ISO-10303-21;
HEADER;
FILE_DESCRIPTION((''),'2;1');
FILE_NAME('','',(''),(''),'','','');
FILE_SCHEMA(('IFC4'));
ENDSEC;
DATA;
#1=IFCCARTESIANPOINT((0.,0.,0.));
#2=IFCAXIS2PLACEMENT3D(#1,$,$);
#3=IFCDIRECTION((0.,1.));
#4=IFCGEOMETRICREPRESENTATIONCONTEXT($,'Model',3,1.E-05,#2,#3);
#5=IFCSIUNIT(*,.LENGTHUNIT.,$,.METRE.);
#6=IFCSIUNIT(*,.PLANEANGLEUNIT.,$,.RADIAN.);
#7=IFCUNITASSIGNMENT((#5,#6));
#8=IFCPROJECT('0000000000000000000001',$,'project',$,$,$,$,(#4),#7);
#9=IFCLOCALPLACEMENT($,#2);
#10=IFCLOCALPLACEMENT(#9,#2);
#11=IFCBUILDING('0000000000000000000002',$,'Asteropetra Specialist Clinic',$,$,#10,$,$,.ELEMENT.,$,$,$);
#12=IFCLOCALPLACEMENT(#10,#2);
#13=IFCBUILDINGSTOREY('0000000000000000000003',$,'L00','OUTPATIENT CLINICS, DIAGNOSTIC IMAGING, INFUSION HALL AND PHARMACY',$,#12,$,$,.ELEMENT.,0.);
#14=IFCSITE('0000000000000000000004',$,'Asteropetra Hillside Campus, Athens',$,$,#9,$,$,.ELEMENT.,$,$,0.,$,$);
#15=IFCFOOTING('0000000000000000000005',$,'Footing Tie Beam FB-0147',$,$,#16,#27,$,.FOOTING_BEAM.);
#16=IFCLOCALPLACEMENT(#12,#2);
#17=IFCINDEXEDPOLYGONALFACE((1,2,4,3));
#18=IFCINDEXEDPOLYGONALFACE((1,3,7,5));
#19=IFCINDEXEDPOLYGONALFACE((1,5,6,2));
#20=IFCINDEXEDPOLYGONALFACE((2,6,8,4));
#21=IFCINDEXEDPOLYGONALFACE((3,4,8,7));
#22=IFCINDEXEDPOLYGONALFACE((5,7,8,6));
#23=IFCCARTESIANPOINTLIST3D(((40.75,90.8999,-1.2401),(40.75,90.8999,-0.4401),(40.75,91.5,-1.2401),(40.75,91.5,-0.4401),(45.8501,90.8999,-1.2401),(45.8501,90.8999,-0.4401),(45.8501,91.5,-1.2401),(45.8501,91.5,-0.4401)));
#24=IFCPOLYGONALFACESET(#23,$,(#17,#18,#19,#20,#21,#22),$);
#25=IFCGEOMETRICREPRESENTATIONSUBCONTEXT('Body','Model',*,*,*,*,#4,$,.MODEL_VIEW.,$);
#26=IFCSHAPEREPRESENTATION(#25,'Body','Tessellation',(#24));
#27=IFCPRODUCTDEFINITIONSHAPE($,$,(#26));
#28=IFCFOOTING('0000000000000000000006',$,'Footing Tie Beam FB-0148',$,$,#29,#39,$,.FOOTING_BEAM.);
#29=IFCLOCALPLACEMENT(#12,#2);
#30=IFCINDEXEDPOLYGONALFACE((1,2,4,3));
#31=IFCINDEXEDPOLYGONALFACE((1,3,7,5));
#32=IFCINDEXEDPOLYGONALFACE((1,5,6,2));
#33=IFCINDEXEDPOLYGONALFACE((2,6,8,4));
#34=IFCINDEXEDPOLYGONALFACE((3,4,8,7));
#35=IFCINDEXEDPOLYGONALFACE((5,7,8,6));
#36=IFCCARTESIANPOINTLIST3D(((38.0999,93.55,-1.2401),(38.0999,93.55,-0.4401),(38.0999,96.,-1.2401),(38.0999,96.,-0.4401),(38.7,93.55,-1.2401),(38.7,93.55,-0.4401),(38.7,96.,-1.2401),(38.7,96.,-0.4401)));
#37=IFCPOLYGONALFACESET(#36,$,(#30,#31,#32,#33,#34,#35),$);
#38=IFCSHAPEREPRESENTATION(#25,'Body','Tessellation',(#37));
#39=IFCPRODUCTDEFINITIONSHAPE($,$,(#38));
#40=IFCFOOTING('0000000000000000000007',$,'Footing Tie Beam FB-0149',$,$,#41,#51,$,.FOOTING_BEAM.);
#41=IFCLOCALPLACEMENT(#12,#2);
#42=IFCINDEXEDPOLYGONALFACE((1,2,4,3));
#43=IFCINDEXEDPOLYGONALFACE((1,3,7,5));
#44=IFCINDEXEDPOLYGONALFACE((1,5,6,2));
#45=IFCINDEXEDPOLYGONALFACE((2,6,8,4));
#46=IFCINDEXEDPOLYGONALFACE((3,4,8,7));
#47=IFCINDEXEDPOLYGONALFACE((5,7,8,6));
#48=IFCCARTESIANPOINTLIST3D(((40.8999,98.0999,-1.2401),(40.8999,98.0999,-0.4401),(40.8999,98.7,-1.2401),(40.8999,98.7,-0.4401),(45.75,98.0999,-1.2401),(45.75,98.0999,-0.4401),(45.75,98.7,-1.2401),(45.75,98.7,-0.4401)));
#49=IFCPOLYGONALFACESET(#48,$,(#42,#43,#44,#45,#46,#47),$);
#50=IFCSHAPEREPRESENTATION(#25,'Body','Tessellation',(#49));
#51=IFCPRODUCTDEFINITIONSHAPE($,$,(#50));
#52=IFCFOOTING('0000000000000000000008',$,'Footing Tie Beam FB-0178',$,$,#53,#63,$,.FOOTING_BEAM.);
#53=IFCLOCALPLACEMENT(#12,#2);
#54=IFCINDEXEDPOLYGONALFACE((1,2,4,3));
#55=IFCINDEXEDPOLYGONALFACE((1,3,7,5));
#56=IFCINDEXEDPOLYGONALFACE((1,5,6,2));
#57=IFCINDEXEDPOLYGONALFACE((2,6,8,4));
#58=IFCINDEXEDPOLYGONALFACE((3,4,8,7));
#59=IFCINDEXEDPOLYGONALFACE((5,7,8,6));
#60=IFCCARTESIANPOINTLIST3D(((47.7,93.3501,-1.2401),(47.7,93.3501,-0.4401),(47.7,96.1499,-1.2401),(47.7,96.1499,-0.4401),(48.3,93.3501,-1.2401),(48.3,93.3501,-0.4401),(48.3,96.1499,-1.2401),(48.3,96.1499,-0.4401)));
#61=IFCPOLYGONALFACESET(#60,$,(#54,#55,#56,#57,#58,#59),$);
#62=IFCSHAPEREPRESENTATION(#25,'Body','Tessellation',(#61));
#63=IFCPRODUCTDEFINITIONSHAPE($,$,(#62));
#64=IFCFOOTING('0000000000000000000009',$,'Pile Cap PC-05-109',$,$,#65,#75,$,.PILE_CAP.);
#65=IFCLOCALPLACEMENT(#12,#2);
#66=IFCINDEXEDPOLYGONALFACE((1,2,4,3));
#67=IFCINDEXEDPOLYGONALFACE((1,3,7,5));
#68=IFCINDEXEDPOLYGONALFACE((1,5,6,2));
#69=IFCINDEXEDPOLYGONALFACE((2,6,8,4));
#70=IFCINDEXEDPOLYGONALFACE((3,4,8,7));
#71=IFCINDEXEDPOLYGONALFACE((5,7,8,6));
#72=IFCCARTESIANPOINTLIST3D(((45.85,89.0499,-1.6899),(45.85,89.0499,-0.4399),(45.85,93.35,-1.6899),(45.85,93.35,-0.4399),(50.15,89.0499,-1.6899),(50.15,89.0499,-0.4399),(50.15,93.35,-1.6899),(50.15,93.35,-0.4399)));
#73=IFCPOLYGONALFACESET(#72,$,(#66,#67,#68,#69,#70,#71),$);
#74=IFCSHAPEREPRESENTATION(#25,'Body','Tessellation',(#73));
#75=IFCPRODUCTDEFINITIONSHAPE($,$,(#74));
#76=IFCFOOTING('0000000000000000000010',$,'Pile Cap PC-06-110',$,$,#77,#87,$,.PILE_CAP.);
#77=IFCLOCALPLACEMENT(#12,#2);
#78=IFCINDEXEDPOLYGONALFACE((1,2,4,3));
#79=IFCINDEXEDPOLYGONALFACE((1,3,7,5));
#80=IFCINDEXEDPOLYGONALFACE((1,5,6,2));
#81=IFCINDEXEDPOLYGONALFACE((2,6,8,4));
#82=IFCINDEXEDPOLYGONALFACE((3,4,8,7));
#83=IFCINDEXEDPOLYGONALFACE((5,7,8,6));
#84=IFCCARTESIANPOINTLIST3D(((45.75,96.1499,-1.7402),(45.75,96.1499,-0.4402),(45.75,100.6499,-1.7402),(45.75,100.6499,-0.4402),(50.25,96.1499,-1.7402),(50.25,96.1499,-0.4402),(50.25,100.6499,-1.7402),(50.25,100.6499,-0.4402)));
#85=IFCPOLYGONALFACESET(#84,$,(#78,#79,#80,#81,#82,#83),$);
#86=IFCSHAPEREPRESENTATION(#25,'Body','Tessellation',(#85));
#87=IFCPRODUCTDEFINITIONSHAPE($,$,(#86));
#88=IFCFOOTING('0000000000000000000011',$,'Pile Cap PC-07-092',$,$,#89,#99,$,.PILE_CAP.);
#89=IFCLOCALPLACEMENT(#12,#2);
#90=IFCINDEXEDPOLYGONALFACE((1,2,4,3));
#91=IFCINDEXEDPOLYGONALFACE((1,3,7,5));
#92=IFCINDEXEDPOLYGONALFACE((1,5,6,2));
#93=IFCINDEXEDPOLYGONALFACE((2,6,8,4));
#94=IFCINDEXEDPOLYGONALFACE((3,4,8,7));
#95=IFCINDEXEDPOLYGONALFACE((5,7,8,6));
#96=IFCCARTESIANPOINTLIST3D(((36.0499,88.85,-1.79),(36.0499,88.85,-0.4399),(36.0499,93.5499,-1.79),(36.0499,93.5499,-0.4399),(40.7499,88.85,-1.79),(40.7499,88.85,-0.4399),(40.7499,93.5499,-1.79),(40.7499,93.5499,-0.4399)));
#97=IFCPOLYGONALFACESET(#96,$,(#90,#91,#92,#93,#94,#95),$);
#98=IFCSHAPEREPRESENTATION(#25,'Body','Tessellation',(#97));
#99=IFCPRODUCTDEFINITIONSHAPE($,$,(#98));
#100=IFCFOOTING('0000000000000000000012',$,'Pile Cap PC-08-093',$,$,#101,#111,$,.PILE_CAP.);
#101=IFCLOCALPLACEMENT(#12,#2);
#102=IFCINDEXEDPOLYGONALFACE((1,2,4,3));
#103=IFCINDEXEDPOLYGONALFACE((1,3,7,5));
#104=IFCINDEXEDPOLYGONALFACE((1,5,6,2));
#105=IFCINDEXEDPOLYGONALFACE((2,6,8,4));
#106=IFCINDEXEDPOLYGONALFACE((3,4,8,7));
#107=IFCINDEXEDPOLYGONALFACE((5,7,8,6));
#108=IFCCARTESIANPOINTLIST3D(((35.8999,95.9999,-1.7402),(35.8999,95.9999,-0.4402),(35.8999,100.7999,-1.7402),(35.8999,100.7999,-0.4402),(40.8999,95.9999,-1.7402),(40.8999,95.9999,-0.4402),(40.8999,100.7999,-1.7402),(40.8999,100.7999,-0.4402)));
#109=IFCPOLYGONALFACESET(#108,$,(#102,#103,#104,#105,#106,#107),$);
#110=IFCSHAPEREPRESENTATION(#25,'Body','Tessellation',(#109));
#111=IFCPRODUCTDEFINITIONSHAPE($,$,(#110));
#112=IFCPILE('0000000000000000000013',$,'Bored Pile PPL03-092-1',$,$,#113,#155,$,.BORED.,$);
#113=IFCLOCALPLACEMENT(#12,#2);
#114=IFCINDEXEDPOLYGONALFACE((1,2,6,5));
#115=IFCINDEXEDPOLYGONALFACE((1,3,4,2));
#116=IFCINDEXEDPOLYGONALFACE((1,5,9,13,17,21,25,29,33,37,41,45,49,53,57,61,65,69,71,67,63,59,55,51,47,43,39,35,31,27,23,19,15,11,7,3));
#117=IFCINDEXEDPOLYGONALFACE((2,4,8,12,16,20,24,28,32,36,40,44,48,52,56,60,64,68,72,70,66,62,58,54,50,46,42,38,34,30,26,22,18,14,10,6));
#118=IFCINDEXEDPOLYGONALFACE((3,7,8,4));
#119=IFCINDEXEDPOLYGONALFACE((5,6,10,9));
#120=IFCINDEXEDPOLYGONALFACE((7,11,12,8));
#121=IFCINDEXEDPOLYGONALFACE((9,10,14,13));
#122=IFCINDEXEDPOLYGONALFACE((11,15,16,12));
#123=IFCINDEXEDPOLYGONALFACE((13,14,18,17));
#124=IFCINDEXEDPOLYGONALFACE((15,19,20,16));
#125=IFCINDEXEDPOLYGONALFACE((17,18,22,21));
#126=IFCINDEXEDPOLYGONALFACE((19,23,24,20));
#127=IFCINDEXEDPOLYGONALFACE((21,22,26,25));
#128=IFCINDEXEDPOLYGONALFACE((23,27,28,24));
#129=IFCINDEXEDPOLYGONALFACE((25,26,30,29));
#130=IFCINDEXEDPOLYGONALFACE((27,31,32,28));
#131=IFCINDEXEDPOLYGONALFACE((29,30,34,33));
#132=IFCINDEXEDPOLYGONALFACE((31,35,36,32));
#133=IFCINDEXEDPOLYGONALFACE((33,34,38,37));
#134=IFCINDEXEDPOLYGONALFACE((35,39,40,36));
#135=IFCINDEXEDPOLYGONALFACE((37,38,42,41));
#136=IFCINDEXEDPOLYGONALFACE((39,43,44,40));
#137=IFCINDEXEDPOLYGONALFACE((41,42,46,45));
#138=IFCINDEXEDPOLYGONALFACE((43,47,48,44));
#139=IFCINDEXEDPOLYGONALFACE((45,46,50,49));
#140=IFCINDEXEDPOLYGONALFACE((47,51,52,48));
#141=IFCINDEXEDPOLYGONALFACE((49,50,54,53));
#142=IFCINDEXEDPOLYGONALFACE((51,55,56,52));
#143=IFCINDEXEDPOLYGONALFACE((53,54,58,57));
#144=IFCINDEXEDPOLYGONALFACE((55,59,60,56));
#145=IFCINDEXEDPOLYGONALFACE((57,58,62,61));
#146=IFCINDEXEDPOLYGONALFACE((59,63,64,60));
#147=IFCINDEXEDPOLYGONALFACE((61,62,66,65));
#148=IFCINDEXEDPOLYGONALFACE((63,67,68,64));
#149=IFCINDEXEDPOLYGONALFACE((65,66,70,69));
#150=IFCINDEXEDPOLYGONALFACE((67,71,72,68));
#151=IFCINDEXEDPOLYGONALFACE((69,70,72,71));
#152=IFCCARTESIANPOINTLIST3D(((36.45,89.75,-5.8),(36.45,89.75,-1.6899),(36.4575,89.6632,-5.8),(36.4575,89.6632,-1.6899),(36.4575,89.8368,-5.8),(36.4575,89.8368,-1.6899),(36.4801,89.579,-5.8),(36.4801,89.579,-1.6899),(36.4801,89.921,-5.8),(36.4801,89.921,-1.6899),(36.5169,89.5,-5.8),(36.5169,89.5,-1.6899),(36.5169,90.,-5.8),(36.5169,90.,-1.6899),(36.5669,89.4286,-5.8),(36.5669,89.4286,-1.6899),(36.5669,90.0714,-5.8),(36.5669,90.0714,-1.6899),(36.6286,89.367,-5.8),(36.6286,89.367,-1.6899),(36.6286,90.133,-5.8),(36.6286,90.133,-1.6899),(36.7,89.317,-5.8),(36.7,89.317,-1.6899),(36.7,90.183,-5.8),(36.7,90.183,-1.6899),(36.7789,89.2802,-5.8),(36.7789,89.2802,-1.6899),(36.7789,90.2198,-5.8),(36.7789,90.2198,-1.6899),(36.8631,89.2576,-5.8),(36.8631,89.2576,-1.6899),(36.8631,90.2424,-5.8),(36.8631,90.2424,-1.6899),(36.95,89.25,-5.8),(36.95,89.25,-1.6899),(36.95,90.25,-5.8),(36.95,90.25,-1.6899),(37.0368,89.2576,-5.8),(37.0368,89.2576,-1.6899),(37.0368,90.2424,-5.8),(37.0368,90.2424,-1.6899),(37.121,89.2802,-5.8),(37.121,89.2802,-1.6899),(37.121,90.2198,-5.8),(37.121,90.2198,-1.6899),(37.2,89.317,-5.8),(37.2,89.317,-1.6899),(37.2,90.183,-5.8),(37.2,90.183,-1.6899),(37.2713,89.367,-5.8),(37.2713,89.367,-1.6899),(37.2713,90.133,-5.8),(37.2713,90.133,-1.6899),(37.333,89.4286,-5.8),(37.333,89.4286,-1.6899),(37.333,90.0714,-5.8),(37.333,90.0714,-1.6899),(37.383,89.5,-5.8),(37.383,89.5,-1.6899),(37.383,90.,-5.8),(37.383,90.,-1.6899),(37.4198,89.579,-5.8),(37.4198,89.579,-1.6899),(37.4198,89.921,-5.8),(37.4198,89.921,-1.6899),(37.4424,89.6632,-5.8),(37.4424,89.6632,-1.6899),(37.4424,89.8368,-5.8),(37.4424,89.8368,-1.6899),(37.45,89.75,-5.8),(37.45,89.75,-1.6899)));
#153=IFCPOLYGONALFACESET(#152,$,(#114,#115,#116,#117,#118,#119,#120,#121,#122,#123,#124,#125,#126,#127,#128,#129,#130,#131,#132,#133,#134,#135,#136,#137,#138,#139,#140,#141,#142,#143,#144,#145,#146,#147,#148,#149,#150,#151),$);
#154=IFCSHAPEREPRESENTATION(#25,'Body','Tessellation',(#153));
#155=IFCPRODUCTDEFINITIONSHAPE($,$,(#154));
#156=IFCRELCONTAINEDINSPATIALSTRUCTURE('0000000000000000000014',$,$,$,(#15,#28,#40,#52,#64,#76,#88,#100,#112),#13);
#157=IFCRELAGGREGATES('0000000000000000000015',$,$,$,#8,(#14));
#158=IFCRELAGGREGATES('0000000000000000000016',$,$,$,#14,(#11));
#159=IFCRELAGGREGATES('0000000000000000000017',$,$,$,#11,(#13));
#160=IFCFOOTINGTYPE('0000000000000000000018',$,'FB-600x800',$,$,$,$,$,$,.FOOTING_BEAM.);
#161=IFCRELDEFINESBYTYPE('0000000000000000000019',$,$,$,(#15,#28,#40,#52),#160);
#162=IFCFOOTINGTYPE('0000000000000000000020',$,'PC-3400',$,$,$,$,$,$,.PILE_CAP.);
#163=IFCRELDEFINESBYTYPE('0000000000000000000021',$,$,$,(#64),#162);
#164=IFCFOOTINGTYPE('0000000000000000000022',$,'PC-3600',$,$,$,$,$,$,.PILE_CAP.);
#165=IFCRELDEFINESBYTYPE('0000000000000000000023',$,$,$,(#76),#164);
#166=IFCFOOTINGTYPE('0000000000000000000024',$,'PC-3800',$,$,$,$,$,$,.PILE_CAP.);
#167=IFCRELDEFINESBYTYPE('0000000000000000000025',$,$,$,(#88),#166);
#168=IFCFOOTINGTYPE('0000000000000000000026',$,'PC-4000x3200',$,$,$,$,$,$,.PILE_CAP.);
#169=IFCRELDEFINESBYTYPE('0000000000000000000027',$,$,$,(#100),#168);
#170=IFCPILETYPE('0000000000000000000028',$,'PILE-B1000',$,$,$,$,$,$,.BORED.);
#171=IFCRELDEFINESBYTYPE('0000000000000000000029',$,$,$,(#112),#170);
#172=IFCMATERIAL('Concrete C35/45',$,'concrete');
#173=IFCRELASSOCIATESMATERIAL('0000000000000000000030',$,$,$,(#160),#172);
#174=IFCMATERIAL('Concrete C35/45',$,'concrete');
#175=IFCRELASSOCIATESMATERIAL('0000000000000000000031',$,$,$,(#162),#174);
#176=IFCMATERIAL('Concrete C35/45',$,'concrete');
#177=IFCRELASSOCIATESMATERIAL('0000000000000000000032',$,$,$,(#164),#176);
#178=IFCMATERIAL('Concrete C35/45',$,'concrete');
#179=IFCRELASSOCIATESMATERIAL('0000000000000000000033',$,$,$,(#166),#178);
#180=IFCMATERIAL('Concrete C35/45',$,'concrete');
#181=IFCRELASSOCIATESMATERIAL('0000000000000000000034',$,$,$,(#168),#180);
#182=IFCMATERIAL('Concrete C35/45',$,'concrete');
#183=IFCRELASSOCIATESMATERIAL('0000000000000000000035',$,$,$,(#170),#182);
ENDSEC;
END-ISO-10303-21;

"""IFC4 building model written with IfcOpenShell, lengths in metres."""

from ifc_helpers import new_model, si_unit, direction, frame, origin, origin_2d, place, context, subcontext, project, spatial, rectangle, circle, extrude, material, material_profile, profile_set, type_object, element, save


model = new_model("IFC4")

# Units and contexts
model_context = context("Model", 3, precision=1e-05, world=origin(), true_north=direction((0.0, 1.0)))
body_context = subcontext(model_context, "Body", "Model", "MODEL_VIEW")
ifc_project = project(units=[si_unit("LENGTHUNIT", "METRE"), si_unit("PLANEANGLEUNIT", "RADIAN")], contexts=[model_context])

# Site, building, storey
site_placement = place(None, origin())
site = spatial("IfcSite", under=ifc_project, at=site_placement, Name="Asteropetra Hillside Campus, Athens", CompositionType="ELEMENT", RefElevation=0.0)
building_placement = place(site_placement, origin())
building = spatial("IfcBuilding", under=site, at=building_placement, Name="Asteropetra Specialist Clinic", CompositionType="ELEMENT")
storey_placement = place(building_placement, origin())
storey = spatial("IfcBuildingStorey", under=building, at=storey_placement, Name="L00", Description="OUTPATIENT CLINICS, DIAGNOSTIC IMAGING, INFUSION HALL AND PHARMACY", CompositionType="ELEMENT", Elevation=0.0)

# Footings
ifc_material_1 = material(Name="Concrete C35/45", Category="concrete")
ifc_material_profile_1 = material_profile(ifc_material_1, rectangle(XDim=0.6001, YDim=0.8, at=origin_2d()), Name="FB 600x800")
ifc_profile_set_1 = profile_set([ifc_material_profile_1], Name="Concrete C35/45")
footing_type_1 = type_object("IfcFootingType", Name="FB-600x800", PredefinedType="FOOTING_BEAM", material=ifc_profile_set_1)
footing_1_placement = place(storey_placement, frame((40.75, 91.2, -0.8401), z_axis=(1.0, 0.0, 0.0), x_axis=(0.0, 1.0, 0.0)))
element("IfcFooting", 1, at=footing_1_placement, inside=storey, type_object=footing_type_1, Name="Footing Tie Beam FB-0147", PredefinedType="FOOTING_BEAM", context=body_context, shape_type="SweptSolid", body=[
    extrude(rectangle(XDim=0.6001, YDim=0.8, at=origin_2d()), origin(), (0.0, 0.0, 1.0), 5.1001),
])
footing_2_placement = place(storey_placement, frame((38.3999, 93.55, -0.8401), z_axis=(0.0, 1.0, 0.0), x_axis=(-1.0, 0.0, 0.0)))
element("IfcFooting", 2, at=footing_2_placement, inside=storey, type_object=footing_type_1, Name="Footing Tie Beam FB-0148", PredefinedType="FOOTING_BEAM", context=body_context, shape_type="SweptSolid", body=[
    extrude(rectangle(XDim=0.6001, YDim=0.8, at=origin_2d()), origin(), (0.0, 0.0, 1.0), 2.45),
])
footing_3_placement = place(storey_placement, frame((40.8999, 98.3999, -0.8401), z_axis=(1.0, 0.0, 0.0), x_axis=(0.0, 1.0, 0.0)))
element("IfcFooting", 3, at=footing_3_placement, inside=storey, type_object=footing_type_1, Name="Footing Tie Beam FB-0149", PredefinedType="FOOTING_BEAM", context=body_context, shape_type="SweptSolid", body=[
    extrude(rectangle(XDim=0.6001, YDim=0.8, at=origin_2d()), origin(), (0.0, 0.0, 1.0), 4.8501),
])
footing_4_placement = place(storey_placement, frame((48.0, 93.3501, -0.8401), z_axis=(0.0, 1.0, 0.0), x_axis=(-1.0, 0.0, 0.0)))
element("IfcFooting", 4, at=footing_4_placement, inside=storey, type_object=footing_type_1, Name="Footing Tie Beam FB-0178", PredefinedType="FOOTING_BEAM", context=body_context, shape_type="SweptSolid", body=[
    extrude(rectangle(XDim=0.6001, YDim=0.8, at=origin_2d()), origin(), (0.0, 0.0, 1.0), 2.7998),
])
ifc_material_2 = material(Name="Concrete C35/45", Category="concrete")
footing_type_2 = type_object("IfcFootingType", Name="PC-3400", PredefinedType="PILE_CAP", material=ifc_material_2)
footing_5_placement = place(storey_placement, frame((48.0, 91.2, -1.6899), z_axis=(0.0, 0.0, 1.0), x_axis=(1.0, 0.0, 0.0)))
element("IfcFooting", 5, at=footing_5_placement, inside=storey, type_object=footing_type_2, Name="Pile Cap PC-05-109", PredefinedType="PILE_CAP", context=body_context, shape_type="SweptSolid", body=[
    extrude(rectangle(XDim=4.3, YDim=4.3, at=origin_2d()), origin(), (0.0, 0.0, 1.0), 1.25),
])
ifc_material_3 = material(Name="Concrete C35/45", Category="concrete")
footing_type_3 = type_object("IfcFootingType", Name="PC-3600", PredefinedType="PILE_CAP", material=ifc_material_3)
footing_6_placement = place(storey_placement, frame((48.0, 98.3999, -1.7402), z_axis=(0.0, 0.0, 1.0), x_axis=(1.0, 0.0, 0.0)))
element("IfcFooting", 6, at=footing_6_placement, inside=storey, type_object=footing_type_3, Name="Pile Cap PC-06-110", PredefinedType="PILE_CAP", context=body_context, shape_type="SweptSolid", body=[
    extrude(rectangle(XDim=4.5, YDim=4.5, at=origin_2d()), origin(), (0.0, 0.0, 1.0), 1.3),
])
ifc_material_4 = material(Name="Concrete C35/45", Category="concrete")
footing_type_4 = type_object("IfcFootingType", Name="PC-3800", PredefinedType="PILE_CAP", material=ifc_material_4)
footing_7_placement = place(storey_placement, frame((38.3999, 91.2, -1.79), z_axis=(0.0, 0.0, 1.0), x_axis=(1.0, 0.0, 0.0)))
element("IfcFooting", 7, at=footing_7_placement, inside=storey, type_object=footing_type_4, Name="Pile Cap PC-07-092", PredefinedType="PILE_CAP", context=body_context, shape_type="SweptSolid", body=[
    extrude(rectangle(XDim=4.7, YDim=4.7, at=origin_2d()), origin(), (0.0, 0.0, 1.0), 1.3501),
])
ifc_material_5 = material(Name="Concrete C35/45", Category="concrete")
footing_type_5 = type_object("IfcFootingType", Name="PC-4000x3200", PredefinedType="PILE_CAP", material=ifc_material_5)
footing_8_placement = place(storey_placement, frame((38.3999, 98.3999, -1.7402), z_axis=(0.0, 0.0, 1.0), x_axis=(1.0, 0.0, 0.0)))
element("IfcFooting", 8, at=footing_8_placement, inside=storey, type_object=footing_type_5, Name="Pile Cap PC-08-093", PredefinedType="PILE_CAP", context=body_context, shape_type="SweptSolid", body=[
    extrude(rectangle(XDim=5.0, YDim=4.8, at=origin_2d()), origin(), (0.0, 0.0, 1.0), 1.3),
])

# Pile
ifc_material_6 = material(Name="Concrete C35/45", Category="concrete")
ifc_material_profile_2 = material_profile(ifc_material_6, circle(Radius=0.5, at=origin_2d()), Name="PILE D1000")
ifc_profile_set_2 = profile_set([ifc_material_profile_2], Name="Concrete C35/45")
pile_type_1 = type_object("IfcPileType", Name="PILE-B1000", PredefinedType="BORED", material=ifc_profile_set_2)
for number, where, z_axis, x_axis, name in (
    (9, (36.95, 89.75, -1.6899), (0.0, 0.0, -1.0), (1.0, 0.0, 0.0), "Bored Pile PPL03-092-1"),
):
    element("IfcPile", number, at=place(storey_placement, frame(where, z_axis=z_axis, x_axis=x_axis)), inside=storey, type_object=pile_type_1, Name=name, PredefinedType="BORED", context=body_context, shape_type="SweptSolid", body=[
        extrude(circle(Radius=0.5, at=origin_2d()), origin(), (0.0, 0.0, 1.0), 4.1101),
    ])

save(model, "model.ifc")
